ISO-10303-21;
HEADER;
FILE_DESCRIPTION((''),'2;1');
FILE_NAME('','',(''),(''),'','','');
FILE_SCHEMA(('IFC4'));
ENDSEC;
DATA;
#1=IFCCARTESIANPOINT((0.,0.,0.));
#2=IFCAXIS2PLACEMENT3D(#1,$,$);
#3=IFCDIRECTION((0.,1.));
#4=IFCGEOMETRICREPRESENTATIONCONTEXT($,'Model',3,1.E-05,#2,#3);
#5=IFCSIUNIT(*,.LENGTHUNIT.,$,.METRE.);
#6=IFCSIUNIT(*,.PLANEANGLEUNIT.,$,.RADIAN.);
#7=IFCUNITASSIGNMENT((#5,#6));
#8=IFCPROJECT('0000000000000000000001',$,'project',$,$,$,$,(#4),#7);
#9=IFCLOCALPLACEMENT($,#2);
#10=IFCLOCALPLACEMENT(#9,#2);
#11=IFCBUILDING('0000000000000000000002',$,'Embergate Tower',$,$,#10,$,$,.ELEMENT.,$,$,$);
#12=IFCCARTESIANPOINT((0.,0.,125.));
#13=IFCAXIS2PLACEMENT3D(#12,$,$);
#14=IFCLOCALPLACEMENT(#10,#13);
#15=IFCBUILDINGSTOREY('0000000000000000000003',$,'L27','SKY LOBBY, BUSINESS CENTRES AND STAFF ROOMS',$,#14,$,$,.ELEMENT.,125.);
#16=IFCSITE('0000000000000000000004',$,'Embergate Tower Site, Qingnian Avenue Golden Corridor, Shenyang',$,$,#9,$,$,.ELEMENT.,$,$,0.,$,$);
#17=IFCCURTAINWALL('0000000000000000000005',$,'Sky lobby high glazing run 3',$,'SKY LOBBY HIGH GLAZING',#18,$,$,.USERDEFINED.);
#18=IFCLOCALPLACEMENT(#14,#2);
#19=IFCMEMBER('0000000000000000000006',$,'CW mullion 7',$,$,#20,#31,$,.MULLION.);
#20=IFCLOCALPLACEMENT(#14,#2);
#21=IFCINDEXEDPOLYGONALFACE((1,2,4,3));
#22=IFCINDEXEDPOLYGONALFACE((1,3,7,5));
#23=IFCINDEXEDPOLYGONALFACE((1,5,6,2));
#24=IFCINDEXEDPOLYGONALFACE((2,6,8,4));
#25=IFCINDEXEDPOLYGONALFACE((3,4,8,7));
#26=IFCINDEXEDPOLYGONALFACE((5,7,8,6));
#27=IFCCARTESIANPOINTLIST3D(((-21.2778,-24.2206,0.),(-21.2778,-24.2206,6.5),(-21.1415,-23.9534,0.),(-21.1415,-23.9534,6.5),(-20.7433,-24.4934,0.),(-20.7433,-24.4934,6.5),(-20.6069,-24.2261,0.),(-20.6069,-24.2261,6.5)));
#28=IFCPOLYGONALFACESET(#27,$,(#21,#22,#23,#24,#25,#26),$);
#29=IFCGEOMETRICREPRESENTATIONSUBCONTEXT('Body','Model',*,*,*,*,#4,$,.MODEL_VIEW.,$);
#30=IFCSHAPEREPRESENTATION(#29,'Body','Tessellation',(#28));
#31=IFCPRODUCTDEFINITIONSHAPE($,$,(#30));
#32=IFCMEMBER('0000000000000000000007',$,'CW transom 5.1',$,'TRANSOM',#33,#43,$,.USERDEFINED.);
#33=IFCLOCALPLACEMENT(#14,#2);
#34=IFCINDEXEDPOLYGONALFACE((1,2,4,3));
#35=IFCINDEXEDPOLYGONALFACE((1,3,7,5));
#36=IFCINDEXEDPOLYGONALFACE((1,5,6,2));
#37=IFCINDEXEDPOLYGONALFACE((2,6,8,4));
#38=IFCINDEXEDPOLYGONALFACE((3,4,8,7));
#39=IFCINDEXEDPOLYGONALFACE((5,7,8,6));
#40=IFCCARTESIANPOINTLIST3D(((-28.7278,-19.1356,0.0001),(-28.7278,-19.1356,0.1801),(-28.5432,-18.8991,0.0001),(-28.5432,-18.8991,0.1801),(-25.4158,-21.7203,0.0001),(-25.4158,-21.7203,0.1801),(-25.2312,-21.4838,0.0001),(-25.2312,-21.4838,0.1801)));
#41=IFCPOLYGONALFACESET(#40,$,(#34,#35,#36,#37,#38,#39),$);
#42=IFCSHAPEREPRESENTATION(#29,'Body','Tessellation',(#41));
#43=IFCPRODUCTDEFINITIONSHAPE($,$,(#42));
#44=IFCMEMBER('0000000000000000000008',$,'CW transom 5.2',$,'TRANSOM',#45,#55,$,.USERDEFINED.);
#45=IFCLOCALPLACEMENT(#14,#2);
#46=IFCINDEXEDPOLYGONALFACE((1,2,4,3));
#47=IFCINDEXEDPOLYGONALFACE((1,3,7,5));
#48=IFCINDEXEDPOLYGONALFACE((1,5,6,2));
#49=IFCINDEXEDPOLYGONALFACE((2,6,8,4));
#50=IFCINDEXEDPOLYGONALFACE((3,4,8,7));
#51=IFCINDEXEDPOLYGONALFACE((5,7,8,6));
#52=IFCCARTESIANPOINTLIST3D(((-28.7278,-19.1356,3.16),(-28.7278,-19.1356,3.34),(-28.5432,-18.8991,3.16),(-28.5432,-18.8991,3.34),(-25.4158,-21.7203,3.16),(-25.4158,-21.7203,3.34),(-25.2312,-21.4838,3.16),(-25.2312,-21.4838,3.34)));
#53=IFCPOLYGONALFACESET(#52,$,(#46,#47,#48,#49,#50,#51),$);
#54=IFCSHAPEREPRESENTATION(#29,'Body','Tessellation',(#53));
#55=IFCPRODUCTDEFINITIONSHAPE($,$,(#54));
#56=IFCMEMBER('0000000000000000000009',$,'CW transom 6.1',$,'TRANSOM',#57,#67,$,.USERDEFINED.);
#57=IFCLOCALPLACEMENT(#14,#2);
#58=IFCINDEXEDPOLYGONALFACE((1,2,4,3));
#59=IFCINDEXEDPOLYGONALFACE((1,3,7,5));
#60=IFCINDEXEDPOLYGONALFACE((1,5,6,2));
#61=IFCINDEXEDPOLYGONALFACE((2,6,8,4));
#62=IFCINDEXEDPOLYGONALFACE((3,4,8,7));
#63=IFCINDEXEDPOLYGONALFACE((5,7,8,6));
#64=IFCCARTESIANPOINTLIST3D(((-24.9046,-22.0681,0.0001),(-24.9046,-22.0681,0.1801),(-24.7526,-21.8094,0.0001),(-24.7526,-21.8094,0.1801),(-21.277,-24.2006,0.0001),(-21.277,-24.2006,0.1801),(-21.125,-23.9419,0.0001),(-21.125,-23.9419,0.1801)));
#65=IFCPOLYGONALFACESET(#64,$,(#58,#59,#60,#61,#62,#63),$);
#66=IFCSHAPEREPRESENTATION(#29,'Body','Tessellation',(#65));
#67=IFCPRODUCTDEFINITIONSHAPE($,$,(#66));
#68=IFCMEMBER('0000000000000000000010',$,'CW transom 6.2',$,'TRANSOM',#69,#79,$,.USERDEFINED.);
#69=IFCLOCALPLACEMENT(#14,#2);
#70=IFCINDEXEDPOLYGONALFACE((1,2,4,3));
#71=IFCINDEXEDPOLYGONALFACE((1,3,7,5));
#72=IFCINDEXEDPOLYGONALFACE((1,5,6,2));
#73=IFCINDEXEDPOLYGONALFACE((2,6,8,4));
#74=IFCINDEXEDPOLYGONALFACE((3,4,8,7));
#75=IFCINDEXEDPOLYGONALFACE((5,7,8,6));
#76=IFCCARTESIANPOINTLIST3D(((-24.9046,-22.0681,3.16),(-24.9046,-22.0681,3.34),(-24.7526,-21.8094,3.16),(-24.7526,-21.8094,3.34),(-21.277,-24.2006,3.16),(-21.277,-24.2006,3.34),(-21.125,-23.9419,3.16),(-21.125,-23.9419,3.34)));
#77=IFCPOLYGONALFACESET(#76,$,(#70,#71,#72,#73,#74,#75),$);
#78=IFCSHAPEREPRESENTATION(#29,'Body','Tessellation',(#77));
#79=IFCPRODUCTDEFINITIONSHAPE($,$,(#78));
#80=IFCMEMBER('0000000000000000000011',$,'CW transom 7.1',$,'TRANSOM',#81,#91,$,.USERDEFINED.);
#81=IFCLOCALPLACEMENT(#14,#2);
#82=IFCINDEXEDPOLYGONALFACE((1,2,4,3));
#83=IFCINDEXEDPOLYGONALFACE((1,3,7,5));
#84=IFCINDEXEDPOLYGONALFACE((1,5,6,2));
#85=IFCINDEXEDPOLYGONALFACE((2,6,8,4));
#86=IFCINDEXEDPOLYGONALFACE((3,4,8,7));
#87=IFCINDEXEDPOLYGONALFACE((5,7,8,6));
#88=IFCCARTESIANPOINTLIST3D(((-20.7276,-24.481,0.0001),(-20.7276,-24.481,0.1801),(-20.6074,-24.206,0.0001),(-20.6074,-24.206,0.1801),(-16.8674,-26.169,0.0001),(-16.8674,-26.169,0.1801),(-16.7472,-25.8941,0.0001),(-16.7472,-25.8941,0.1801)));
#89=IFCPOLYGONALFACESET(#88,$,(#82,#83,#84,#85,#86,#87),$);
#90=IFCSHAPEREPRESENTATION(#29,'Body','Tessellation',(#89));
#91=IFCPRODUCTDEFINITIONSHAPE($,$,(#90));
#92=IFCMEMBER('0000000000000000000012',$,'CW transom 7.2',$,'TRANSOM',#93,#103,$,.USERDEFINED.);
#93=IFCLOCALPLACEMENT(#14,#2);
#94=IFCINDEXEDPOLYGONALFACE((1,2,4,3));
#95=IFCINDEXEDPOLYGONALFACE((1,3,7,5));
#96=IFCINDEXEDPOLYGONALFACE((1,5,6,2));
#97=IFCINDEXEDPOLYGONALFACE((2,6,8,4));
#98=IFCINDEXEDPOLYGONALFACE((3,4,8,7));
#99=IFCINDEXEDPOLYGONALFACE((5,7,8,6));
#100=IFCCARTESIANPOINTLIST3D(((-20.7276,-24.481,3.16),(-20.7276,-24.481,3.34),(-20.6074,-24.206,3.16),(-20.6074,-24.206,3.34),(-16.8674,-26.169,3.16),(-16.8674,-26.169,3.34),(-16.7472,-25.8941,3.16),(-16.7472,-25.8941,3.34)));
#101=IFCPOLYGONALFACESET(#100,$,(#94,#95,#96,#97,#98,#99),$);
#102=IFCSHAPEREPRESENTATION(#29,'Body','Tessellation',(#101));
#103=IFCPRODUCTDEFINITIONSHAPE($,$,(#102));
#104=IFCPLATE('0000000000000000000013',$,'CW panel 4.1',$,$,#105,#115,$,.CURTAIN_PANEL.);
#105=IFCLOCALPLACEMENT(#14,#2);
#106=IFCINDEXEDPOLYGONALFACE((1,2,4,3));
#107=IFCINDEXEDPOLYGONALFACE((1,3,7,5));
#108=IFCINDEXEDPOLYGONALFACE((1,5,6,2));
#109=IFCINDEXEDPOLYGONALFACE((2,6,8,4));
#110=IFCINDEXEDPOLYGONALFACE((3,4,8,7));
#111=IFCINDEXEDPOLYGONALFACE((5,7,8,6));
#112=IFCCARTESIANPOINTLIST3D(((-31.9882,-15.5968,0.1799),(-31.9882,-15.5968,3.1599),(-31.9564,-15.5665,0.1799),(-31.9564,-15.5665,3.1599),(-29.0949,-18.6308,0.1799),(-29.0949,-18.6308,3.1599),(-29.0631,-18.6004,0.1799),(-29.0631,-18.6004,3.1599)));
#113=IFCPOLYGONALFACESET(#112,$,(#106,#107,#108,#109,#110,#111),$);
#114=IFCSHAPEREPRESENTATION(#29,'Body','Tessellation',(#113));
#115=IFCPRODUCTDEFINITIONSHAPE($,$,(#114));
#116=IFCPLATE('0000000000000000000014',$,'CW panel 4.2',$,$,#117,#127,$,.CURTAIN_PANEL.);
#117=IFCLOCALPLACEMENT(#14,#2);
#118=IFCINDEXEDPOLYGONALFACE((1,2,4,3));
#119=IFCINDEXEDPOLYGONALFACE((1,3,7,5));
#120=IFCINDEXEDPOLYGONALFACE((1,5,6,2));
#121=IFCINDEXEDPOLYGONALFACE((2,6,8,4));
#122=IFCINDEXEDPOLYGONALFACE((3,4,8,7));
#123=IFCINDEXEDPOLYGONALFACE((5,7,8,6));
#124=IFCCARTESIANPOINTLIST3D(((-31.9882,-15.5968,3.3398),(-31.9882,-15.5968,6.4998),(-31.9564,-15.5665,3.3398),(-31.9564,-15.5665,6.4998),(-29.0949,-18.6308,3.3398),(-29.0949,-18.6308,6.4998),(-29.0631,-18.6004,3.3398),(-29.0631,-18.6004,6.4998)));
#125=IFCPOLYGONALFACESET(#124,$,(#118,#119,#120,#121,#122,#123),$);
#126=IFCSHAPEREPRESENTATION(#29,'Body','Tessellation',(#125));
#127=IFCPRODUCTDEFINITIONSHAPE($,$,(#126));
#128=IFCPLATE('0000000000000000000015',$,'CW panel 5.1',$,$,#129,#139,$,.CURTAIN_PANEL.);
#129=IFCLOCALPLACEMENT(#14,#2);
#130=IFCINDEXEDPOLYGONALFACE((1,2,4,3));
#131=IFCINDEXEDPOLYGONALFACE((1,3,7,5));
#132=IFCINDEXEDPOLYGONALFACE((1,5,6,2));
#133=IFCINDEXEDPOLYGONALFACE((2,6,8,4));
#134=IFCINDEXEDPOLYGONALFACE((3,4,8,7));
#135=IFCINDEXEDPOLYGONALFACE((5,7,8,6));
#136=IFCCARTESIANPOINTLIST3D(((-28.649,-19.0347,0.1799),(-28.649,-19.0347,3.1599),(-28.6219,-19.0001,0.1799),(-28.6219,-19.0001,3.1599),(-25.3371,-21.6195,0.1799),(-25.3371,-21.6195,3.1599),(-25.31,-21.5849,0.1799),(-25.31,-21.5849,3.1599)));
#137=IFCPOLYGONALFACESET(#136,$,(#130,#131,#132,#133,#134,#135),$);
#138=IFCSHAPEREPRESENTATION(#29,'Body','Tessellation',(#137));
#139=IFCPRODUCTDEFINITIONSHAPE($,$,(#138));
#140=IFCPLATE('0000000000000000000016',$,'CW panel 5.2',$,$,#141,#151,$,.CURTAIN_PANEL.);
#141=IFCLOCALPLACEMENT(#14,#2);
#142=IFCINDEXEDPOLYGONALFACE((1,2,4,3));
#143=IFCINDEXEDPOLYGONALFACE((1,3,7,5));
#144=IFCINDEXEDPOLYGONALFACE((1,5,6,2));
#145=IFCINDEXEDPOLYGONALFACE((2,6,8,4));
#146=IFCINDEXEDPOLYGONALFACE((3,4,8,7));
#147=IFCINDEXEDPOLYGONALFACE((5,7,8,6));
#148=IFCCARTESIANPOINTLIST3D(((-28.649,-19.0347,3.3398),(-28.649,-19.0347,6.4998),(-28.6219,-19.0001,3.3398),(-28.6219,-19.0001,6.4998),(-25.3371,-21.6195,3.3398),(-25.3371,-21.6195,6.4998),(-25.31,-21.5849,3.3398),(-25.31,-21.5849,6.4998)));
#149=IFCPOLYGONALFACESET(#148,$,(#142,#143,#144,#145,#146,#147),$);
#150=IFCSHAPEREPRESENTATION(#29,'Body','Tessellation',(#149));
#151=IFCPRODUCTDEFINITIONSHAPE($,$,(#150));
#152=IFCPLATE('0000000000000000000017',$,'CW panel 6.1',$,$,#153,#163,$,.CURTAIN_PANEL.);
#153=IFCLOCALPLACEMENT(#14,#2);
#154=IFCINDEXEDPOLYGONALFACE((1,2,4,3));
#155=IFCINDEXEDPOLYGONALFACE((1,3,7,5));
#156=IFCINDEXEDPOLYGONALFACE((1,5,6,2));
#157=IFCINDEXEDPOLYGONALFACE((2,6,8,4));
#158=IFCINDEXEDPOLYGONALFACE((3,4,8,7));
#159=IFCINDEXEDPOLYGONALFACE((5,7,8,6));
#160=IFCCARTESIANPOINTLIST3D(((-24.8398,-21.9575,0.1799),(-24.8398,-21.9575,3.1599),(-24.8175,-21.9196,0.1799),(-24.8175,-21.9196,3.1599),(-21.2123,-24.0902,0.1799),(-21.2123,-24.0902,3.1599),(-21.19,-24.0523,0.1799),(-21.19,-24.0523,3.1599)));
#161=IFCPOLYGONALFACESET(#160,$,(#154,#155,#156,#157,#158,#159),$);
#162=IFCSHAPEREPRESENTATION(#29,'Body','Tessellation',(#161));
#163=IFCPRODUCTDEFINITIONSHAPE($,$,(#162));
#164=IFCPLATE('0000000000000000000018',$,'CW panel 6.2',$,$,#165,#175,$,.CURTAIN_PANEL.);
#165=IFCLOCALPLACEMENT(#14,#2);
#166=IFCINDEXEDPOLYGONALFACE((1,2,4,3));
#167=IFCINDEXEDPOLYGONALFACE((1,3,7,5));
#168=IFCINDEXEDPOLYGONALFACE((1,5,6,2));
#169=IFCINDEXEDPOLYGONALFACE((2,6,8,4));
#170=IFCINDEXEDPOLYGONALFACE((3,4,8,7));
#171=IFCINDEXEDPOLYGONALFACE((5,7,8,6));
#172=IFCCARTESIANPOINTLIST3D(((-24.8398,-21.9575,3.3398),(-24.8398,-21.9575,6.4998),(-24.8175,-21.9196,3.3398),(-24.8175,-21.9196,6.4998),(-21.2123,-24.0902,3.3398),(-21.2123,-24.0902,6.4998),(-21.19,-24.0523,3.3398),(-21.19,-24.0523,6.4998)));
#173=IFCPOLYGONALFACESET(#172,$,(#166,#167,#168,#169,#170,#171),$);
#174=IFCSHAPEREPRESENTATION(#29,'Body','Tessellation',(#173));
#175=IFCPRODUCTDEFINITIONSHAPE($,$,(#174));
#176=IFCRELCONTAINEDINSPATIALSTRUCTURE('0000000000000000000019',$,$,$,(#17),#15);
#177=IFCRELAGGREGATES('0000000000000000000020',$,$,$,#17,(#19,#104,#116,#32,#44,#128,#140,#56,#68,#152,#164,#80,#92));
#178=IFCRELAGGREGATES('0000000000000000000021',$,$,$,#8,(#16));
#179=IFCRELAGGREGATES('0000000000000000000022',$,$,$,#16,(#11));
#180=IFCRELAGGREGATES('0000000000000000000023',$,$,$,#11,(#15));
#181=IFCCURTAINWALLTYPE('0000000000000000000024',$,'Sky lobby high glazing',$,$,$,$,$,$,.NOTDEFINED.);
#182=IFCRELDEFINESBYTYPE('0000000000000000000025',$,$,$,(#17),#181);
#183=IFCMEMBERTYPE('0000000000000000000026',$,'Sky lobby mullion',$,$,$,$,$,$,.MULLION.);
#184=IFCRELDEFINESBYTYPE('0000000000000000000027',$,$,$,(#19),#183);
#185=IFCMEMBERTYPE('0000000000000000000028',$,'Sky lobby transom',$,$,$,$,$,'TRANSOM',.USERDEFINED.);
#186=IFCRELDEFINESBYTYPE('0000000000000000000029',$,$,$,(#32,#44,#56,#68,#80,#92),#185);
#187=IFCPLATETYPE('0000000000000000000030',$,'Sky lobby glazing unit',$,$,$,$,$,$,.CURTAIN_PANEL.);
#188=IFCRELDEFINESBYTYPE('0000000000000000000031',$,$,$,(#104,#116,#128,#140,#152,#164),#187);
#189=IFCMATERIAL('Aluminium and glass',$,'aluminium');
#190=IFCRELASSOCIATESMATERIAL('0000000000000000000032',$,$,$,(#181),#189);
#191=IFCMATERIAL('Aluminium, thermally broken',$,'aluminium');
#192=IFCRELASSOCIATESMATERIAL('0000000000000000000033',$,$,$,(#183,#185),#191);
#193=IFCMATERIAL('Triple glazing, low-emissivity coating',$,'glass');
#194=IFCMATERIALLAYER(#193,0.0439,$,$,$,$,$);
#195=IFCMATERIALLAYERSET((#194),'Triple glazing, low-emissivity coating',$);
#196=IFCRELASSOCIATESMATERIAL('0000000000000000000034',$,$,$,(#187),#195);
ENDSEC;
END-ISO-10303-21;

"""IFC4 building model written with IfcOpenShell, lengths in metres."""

from ifc_helpers import new_model, si_unit, direction, frame, origin, origin_2d, place, context, subcontext, project, spatial, rectangle, extrude, source, transform, mapped, material, layer, layer_set, material_profile, profile_set, type_object, element, aggregate, save


model = new_model("IFC4")

# Units and contexts
model_context = context("Model", 3, precision=1e-05, world=origin(), true_north=direction((0.0, 1.0)))
body_context = subcontext(model_context, "Body", "Model", "MODEL_VIEW")
ifc_project = project(units=[si_unit("LENGTHUNIT", "METRE"), si_unit("PLANEANGLEUNIT", "RADIAN")], contexts=[model_context])

# Site, building, storey
site_placement = place(None, origin())
site = spatial("IfcSite", under=ifc_project, at=site_placement, Name="Embergate Tower Site, Qingnian Avenue Golden Corridor, Shenyang", CompositionType="ELEMENT", RefElevation=0.0)
building_placement = place(site_placement, origin())
building = spatial("IfcBuilding", under=site, at=building_placement, Name="Embergate Tower", CompositionType="ELEMENT")
storey_placement = place(building_placement, frame((0.0, 0.0, 125.0)))
storey = spatial("IfcBuildingStorey", under=building, at=storey_placement, Name="L27", Description="SKY LOBBY, BUSINESS CENTRES AND STAFF ROOMS", CompositionType="ELEMENT", Elevation=125.0)

# Curtain wall, members, plates
ifc_material_1 = material(Name="Aluminium and glass", Category="aluminium")
curtain_wall_type = type_object("IfcCurtainWallType", Name="Sky lobby high glazing", PredefinedType="NOTDEFINED", material=ifc_material_1)
curtain_wall_placement = place(storey_placement, origin())
curtain_wall = element("IfcCurtainWall", 1, at=curtain_wall_placement, inside=storey, type_object=curtain_wall_type, Name="Sky lobby high glazing run 3", ObjectType="SKY LOBBY HIGH GLAZING", PredefinedType="USERDEFINED")
ifc_material_2 = material(Name="Aluminium, thermally broken", Category="aluminium")
ifc_material_profile_1 = material_profile(ifc_material_2, rectangle(XDim=0.3, YDim=0.6001, at=origin_2d()), Name="AL 600x300")
ifc_profile_set_1 = profile_set([ifc_material_profile_1], Name="Aluminium, thermally broken")
member_type_1 = type_object("IfcMemberType", Name="Sky lobby mullion", PredefinedType="MULLION", material=ifc_profile_set_1)
shared_shape_1 = source(origin(), body_context, "Body", "SweptSolid", [
    extrude(rectangle(XDim=0.3, YDim=0.6001, at=origin_2d()), origin(), (0.0, 0.0, 1.0), 6.5),
])
member_1_placement = place(storey_placement, frame((-20.9424, -24.2234, 0.0), z_axis=(0.0, 0.0, 1.0), x_axis=(0.454505, 0.890744, 0.0)))
member_1 = element("IfcMember", 2, at=member_1_placement, type_object=member_type_1, Name="CW mullion 7", PredefinedType="MULLION", context=body_context, shape_type="MappedRepresentation", body=[
    mapped(shared_shape_1, transform((0.0, 0.0, 0.0))),
])
ifc_material_profile_2 = material_profile(ifc_material_2, rectangle(XDim=0.3, YDim=0.1799, at=origin_2d()), Name="AL 180x300")
ifc_profile_set_2 = profile_set([ifc_material_profile_2], Name="Aluminium, thermally broken")
member_type_2 = type_object("IfcMemberType", Name="Sky lobby transom", ElementType="TRANSOM", PredefinedType="USERDEFINED", material=ifc_profile_set_2)
shared_shape_2 = source(origin(), body_context, "Body", "SweptSolid", [
    extrude(rectangle(XDim=0.3, YDim=0.1799, at=origin_2d()), origin(), (0.0, 0.0, 1.0), 4.2012),
])
member_2_placement = place(storey_placement, frame((-28.6355, -19.0173, 0.0901), z_axis=(0.788347, -0.615231, 0.0), x_axis=(0.615231, 0.788347, 0.0)))
member_2 = element("IfcMember", 3, at=member_2_placement, type_object=member_type_2, Name="CW transom 5.1", ObjectType="TRANSOM", PredefinedType="USERDEFINED", context=body_context, shape_type="MappedRepresentation", body=[
    mapped(shared_shape_2, transform((0.0, 0.0, 0.0))),
])
member_3_placement = place(storey_placement, frame((-28.6355, -19.0173, 3.25), z_axis=(0.788347, -0.615231, 0.0), x_axis=(0.615231, 0.788347, 0.0)))
member_3 = element("IfcMember", 4, at=member_3_placement, type_object=member_type_2, Name="CW transom 5.2", ObjectType="TRANSOM", PredefinedType="USERDEFINED", context=body_context, shape_type="MappedRepresentation", body=[
    mapped(shared_shape_2, transform((0.0, 0.0, 0.0))),
])
shared_shape_3 = source(origin(), body_context, "Body", "SweptSolid", [
    extrude(rectangle(XDim=0.3, YDim=0.1799, at=origin_2d()), origin(), (0.0, 0.0, 1.0), 4.208),
])
member_4_placement = place(storey_placement, frame((-24.8286, -21.9387, 0.0901), z_axis=(0.862076, -0.506779, 0.0), x_axis=(0.506779, 0.862076, 0.0)))
member_4 = element("IfcMember", 5, at=member_4_placement, type_object=member_type_2, Name="CW transom 6.1", ObjectType="TRANSOM", PredefinedType="USERDEFINED", context=body_context, shape_type="MappedRepresentation", body=[
    mapped(shared_shape_3, transform((0.0, 0.0, 0.0))),
])
member_5_placement = place(storey_placement, frame((-24.8286, -21.9387, 3.25), z_axis=(0.862076, -0.506779, 0.0), x_axis=(0.506779, 0.862076, 0.0)))
member_5 = element("IfcMember", 6, at=member_5_placement, type_object=member_type_2, Name="CW transom 6.2", ObjectType="TRANSOM", PredefinedType="USERDEFINED", context=body_context, shape_type="MappedRepresentation", body=[
    mapped(shared_shape_3, transform((0.0, 0.0, 0.0))),
])
shared_shape_4 = source(origin(), body_context, "Body", "SweptSolid", [
    extrude(rectangle(XDim=0.3, YDim=0.1799, at=origin_2d()), origin(), (0.0, 0.0, 1.0), 4.2131),
])
member_6_placement = place(storey_placement, frame((-20.6675, -24.3435, 0.0901), z_axis=(0.916228, -0.400658, 0.0), x_axis=(0.400658, 0.916228, 0.0)))
member_6 = element("IfcMember", 7, at=member_6_placement, type_object=member_type_2, Name="CW transom 7.1", ObjectType="TRANSOM", PredefinedType="USERDEFINED", context=body_context, shape_type="MappedRepresentation", body=[
    mapped(shared_shape_4, transform((0.0, 0.0, 0.0))),
])
member_7_placement = place(storey_placement, frame((-20.6675, -24.3435, 3.25), z_axis=(0.916228, -0.400658, 0.0), x_axis=(0.400658, 0.916228, 0.0)))
member_7 = element("IfcMember", 8, at=member_7_placement, type_object=member_type_2, Name="CW transom 7.2", ObjectType="TRANSOM", PredefinedType="USERDEFINED", context=body_context, shape_type="MappedRepresentation", body=[
    mapped(shared_shape_4, transform((0.0, 0.0, 0.0))),
])
ifc_material_3 = material(Name="Triple glazing, low-emissivity coating", Category="glass")
ifc_layer_1 = layer(ifc_material_3, 0.0439)
ifc_layer_set_1 = layer_set([ifc_layer_1], Name="Triple glazing, low-emissivity coating")
plate_type = type_object("IfcPlateType", Name="Sky lobby glazing unit", PredefinedType="CURTAIN_PANEL", material=ifc_layer_set_1)
shared_shape_5 = source(origin(), body_context, "Body", "SweptSolid", [
    extrude(rectangle(XDim=4.1924, YDim=0.0439, at=origin_2d()), origin(), (0.0, 0.0, 1.0), 2.98),
])
plate_1_placement = place(storey_placement, frame((-30.5256, -17.0986, 0.1799), z_axis=(0.0, 0.0, 1.0), x_axis=(0.690139, -0.723677, 0.0)))
plate_1 = element("IfcPlate", 9, at=plate_1_placement, type_object=plate_type, Name="CW panel 4.1", PredefinedType="CURTAIN_PANEL", context=body_context, shape_type="MappedRepresentation", body=[
    mapped(shared_shape_5, transform((0.0, 0.0, 0.0))),
])
shared_shape_6 = source(origin(), body_context, "Body", "SweptSolid", [
    extrude(rectangle(XDim=4.1924, YDim=0.0439, at=origin_2d()), origin(), (0.0, 0.0, 1.0), 3.1599),
])
plate_2_placement = place(storey_placement, frame((-30.5256, -17.0986, 3.3398), z_axis=(0.0, 0.0, 1.0), x_axis=(0.690139, -0.723677, 0.0)))
plate_2 = element("IfcPlate", 10, at=plate_2_placement, type_object=plate_type, Name="CW panel 4.2", PredefinedType="CURTAIN_PANEL", context=body_context, shape_type="MappedRepresentation", body=[
    mapped(shared_shape_6, transform((0.0, 0.0, 0.0))),
])
shared_shape_7 = source(origin(), body_context, "Body", "SweptSolid", [
    extrude(rectangle(XDim=4.2012, YDim=0.0439, at=origin_2d()), origin(), (0.0, 0.0, 1.0), 2.98),
])
plate_3_placement = place(storey_placement, frame((-26.9795, -20.3098, 0.1799), z_axis=(0.0, 0.0, 1.0), x_axis=(0.788323, -0.615261, 0.0)))
plate_3 = element("IfcPlate", 11, at=plate_3_placement, type_object=plate_type, Name="CW panel 5.1", PredefinedType="CURTAIN_PANEL", context=body_context, shape_type="MappedRepresentation", body=[
    mapped(shared_shape_7, transform((0.0, 0.0, 0.0))),
])
shared_shape_8 = source(origin(), body_context, "Body", "SweptSolid", [
    extrude(rectangle(XDim=4.2012, YDim=0.0439, at=origin_2d()), origin(), (0.0, 0.0, 1.0), 3.1599),
])
plate_4_placement = place(storey_placement, frame((-26.9795, -20.3098, 3.3398), z_axis=(0.0, 0.0, 1.0), x_axis=(0.788323, -0.615261, 0.0)))
plate_4 = element("IfcPlate", 12, at=plate_4_placement, type_object=plate_type, Name="CW panel 5.2", PredefinedType="CURTAIN_PANEL", context=body_context, shape_type="MappedRepresentation", body=[
    mapped(shared_shape_8, transform((0.0, 0.0, 0.0))),
])
shared_shape_9 = source(origin(), body_context, "Body", "SweptSolid", [
    extrude(rectangle(XDim=4.208, YDim=0.0439, at=origin_2d()), origin(), (0.0, 0.0, 1.0), 2.98),
])
plate_5_placement = place(storey_placement, frame((-23.0149, -23.0049, 0.1799), z_axis=(0.0, 0.0, 1.0), x_axis=(0.862055, -0.506815, 0.0)))
plate_5 = element("IfcPlate", 13, at=plate_5_placement, type_object=plate_type, Name="CW panel 6.1", PredefinedType="CURTAIN_PANEL", context=body_context, shape_type="MappedRepresentation", body=[
    mapped(shared_shape_9, transform((0.0, 0.0, 0.0))),
])
shared_shape_10 = source(origin(), body_context, "Body", "SweptSolid", [
    extrude(rectangle(XDim=4.208, YDim=0.0439, at=origin_2d()), origin(), (0.0, 0.0, 1.0), 3.1599),
])
plate_6_placement = place(storey_placement, frame((-23.0149, -23.0049, 3.3398), z_axis=(0.0, 0.0, 1.0), x_axis=(0.862055, -0.506815, 0.0)))
plate_6 = element("IfcPlate", 14, at=plate_6_placement, type_object=plate_type, Name="CW panel 6.2", PredefinedType="CURTAIN_PANEL", context=body_context, shape_type="MappedRepresentation", body=[
    mapped(shared_shape_10, transform((0.0, 0.0, 0.0))),
])
aggregate(curtain_wall, [member_1, plate_1, plate_2, member_2, member_3, plate_3, plate_4, member_4, member_5, plate_5, plate_6, member_6, member_7])

save(model, "model.ifc")
